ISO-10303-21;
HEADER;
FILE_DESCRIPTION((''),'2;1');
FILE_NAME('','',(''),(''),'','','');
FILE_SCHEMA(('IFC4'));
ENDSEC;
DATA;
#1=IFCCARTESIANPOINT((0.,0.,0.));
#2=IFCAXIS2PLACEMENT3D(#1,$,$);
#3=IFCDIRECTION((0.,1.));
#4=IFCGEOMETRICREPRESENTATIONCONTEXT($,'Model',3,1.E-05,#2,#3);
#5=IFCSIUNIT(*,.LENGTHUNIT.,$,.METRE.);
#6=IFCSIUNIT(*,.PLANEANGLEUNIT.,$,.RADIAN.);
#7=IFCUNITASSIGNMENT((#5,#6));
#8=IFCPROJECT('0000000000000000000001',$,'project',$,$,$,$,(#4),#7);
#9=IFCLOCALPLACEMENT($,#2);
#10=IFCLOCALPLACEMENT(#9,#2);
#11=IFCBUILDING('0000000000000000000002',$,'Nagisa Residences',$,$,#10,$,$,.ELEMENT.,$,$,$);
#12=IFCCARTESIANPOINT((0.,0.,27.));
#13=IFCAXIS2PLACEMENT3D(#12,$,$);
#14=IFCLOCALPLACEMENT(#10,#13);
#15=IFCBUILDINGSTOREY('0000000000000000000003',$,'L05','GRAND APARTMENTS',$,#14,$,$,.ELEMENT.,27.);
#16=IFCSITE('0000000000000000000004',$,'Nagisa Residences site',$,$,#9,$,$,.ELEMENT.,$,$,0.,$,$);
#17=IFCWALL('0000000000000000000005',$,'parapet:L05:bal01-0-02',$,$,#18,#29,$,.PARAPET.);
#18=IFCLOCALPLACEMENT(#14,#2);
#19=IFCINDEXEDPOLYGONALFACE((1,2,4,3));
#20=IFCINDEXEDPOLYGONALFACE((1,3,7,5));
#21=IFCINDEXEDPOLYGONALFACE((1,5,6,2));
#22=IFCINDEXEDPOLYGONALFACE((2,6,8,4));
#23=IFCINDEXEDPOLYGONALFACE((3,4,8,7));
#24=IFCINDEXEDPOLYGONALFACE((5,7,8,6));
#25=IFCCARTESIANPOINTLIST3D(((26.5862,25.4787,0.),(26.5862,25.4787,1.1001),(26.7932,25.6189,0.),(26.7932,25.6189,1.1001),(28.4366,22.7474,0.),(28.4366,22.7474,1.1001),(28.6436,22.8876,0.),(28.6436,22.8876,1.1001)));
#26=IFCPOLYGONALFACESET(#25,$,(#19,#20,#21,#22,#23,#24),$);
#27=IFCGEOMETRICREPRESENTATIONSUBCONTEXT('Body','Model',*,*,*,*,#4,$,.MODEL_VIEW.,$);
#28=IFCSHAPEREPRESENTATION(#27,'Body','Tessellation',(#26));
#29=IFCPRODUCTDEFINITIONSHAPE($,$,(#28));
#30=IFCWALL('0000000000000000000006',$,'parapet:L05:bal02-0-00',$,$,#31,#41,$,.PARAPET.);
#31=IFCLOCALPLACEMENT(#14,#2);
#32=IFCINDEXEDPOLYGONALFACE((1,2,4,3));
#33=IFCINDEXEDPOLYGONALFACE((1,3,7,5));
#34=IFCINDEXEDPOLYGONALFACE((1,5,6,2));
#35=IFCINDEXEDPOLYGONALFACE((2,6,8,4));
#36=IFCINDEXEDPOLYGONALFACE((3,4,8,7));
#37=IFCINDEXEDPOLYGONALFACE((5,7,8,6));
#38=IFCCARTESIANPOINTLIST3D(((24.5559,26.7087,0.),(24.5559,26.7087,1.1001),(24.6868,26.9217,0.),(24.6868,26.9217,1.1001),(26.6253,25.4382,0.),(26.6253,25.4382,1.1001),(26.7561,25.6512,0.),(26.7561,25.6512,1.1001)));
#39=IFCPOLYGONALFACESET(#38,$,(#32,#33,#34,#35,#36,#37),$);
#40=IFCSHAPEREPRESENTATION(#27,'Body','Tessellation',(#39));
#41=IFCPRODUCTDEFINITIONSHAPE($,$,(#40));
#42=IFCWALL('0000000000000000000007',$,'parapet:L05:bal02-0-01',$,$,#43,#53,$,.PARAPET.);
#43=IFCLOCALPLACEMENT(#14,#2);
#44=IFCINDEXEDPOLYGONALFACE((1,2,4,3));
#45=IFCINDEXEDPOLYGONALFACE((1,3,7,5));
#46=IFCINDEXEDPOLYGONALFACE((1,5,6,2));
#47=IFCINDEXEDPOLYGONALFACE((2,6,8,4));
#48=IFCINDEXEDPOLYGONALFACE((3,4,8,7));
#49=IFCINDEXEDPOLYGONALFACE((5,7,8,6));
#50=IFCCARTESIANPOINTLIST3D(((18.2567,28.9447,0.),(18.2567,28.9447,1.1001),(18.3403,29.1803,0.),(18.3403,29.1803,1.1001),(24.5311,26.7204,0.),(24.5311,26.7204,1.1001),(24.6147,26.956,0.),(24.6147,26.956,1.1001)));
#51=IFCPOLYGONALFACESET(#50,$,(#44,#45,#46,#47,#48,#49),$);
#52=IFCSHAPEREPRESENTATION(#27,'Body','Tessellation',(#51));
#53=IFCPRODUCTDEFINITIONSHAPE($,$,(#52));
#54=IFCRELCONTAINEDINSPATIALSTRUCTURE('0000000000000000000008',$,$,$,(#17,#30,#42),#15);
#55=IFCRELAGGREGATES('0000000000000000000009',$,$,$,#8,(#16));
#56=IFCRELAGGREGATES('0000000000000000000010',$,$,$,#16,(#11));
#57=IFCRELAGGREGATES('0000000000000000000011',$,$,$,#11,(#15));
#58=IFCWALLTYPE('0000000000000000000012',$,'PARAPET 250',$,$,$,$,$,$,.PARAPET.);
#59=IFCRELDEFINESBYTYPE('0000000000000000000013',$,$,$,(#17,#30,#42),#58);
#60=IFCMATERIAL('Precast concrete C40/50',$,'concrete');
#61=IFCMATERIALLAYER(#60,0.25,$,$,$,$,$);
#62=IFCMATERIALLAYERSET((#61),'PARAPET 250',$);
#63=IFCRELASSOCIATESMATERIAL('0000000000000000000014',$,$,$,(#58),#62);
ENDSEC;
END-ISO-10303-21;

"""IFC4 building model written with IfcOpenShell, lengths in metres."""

from ifc_helpers import new_model, si_unit, direction, frame, frame_2d, origin, place, context, subcontext, project, spatial, rectangle, extrude, material, layer, layer_set, type_object, element, save


model = new_model("IFC4")

# Units and contexts
model_context = context("Model", 3, precision=1e-05, world=origin(), true_north=direction((0.0, 1.0)))
body_context = subcontext(model_context, "Body", "Model", "MODEL_VIEW")
ifc_project = project(units=[si_unit("LENGTHUNIT", "METRE"), si_unit("PLANEANGLEUNIT", "RADIAN")], contexts=[model_context])

# Site, building, storey
site_placement = place(None, origin())
site = spatial("IfcSite", under=ifc_project, at=site_placement, Name="Nagisa Residences site", CompositionType="ELEMENT", RefElevation=0.0)
building_placement = place(site_placement, origin())
building = spatial("IfcBuilding", under=site, at=building_placement, Name="Nagisa Residences", CompositionType="ELEMENT")
storey_placement = place(building_placement, frame((0.0, 0.0, 27.0)))
storey = spatial("IfcBuildingStorey", under=building, at=storey_placement, Name="L05", Description="GRAND APARTMENTS", CompositionType="ELEMENT", Elevation=27.0)

# Walls
ifc_material_1 = material(Name="Precast concrete C40/50", Category="concrete")
ifc_layer_1 = layer(ifc_material_1, 0.25)
ifc_layer_set_1 = layer_set([ifc_layer_1], Name="PARAPET 250")
wall_type_1 = type_object("IfcWallType", Name="PARAPET 250", PredefinedType="PARAPET", material=ifc_layer_set_1)
wall_1_placement = place(storey_placement, frame((28.54, 22.8176, 0.0), z_axis=(0.0, 0.0, 1.0), x_axis=(-0.560884, 0.827894, 0.0)))
element("IfcWall", 1, at=wall_1_placement, inside=storey, type_object=wall_type_1, Name="parapet:L05:bal01-0-02", PredefinedType="PARAPET", context=body_context, shape_type="SweptSolid", body=[
    extrude(rectangle(XDim=3.2991, YDim=0.25, at=frame_2d((1.6494, 0.0))), origin(), (0.0, 0.0, 1.0), 1.1001),
])
wall_2_placement = place(storey_placement, frame((26.6907, 25.5447, 0.0), z_axis=(0.0, 0.0, 1.0), x_axis=(-0.852196, 0.523222, 0.0)))
element("IfcWall", 2, at=wall_2_placement, inside=storey, type_object=wall_type_1, Name="parapet:L05:bal02-0-00", PredefinedType="PARAPET", context=body_context, shape_type="SweptSolid", body=[
    extrude(rectangle(XDim=2.4282, YDim=0.25, at=frame_2d((1.2141, 0.0))), origin(), (0.0, 0.0, 1.0), 1.1001),
])
wall_3_placement = place(storey_placement, frame((24.573, 26.8381, 0.0), z_axis=(0.0, 0.0, 1.0), x_axis=(-0.942524, 0.334138, 0.0)))
element("IfcWall", 3, at=wall_3_placement, inside=storey, type_object=wall_type_1, Name="parapet:L05:bal02-0-01", PredefinedType="PARAPET", context=body_context, shape_type="SweptSolid", body=[
    extrude(rectangle(XDim=6.657, YDim=0.25, at=frame_2d((3.3286, 0.0))), origin(), (0.0, 0.0, 1.0), 1.1001),
])

save(model, "model.ifc")
